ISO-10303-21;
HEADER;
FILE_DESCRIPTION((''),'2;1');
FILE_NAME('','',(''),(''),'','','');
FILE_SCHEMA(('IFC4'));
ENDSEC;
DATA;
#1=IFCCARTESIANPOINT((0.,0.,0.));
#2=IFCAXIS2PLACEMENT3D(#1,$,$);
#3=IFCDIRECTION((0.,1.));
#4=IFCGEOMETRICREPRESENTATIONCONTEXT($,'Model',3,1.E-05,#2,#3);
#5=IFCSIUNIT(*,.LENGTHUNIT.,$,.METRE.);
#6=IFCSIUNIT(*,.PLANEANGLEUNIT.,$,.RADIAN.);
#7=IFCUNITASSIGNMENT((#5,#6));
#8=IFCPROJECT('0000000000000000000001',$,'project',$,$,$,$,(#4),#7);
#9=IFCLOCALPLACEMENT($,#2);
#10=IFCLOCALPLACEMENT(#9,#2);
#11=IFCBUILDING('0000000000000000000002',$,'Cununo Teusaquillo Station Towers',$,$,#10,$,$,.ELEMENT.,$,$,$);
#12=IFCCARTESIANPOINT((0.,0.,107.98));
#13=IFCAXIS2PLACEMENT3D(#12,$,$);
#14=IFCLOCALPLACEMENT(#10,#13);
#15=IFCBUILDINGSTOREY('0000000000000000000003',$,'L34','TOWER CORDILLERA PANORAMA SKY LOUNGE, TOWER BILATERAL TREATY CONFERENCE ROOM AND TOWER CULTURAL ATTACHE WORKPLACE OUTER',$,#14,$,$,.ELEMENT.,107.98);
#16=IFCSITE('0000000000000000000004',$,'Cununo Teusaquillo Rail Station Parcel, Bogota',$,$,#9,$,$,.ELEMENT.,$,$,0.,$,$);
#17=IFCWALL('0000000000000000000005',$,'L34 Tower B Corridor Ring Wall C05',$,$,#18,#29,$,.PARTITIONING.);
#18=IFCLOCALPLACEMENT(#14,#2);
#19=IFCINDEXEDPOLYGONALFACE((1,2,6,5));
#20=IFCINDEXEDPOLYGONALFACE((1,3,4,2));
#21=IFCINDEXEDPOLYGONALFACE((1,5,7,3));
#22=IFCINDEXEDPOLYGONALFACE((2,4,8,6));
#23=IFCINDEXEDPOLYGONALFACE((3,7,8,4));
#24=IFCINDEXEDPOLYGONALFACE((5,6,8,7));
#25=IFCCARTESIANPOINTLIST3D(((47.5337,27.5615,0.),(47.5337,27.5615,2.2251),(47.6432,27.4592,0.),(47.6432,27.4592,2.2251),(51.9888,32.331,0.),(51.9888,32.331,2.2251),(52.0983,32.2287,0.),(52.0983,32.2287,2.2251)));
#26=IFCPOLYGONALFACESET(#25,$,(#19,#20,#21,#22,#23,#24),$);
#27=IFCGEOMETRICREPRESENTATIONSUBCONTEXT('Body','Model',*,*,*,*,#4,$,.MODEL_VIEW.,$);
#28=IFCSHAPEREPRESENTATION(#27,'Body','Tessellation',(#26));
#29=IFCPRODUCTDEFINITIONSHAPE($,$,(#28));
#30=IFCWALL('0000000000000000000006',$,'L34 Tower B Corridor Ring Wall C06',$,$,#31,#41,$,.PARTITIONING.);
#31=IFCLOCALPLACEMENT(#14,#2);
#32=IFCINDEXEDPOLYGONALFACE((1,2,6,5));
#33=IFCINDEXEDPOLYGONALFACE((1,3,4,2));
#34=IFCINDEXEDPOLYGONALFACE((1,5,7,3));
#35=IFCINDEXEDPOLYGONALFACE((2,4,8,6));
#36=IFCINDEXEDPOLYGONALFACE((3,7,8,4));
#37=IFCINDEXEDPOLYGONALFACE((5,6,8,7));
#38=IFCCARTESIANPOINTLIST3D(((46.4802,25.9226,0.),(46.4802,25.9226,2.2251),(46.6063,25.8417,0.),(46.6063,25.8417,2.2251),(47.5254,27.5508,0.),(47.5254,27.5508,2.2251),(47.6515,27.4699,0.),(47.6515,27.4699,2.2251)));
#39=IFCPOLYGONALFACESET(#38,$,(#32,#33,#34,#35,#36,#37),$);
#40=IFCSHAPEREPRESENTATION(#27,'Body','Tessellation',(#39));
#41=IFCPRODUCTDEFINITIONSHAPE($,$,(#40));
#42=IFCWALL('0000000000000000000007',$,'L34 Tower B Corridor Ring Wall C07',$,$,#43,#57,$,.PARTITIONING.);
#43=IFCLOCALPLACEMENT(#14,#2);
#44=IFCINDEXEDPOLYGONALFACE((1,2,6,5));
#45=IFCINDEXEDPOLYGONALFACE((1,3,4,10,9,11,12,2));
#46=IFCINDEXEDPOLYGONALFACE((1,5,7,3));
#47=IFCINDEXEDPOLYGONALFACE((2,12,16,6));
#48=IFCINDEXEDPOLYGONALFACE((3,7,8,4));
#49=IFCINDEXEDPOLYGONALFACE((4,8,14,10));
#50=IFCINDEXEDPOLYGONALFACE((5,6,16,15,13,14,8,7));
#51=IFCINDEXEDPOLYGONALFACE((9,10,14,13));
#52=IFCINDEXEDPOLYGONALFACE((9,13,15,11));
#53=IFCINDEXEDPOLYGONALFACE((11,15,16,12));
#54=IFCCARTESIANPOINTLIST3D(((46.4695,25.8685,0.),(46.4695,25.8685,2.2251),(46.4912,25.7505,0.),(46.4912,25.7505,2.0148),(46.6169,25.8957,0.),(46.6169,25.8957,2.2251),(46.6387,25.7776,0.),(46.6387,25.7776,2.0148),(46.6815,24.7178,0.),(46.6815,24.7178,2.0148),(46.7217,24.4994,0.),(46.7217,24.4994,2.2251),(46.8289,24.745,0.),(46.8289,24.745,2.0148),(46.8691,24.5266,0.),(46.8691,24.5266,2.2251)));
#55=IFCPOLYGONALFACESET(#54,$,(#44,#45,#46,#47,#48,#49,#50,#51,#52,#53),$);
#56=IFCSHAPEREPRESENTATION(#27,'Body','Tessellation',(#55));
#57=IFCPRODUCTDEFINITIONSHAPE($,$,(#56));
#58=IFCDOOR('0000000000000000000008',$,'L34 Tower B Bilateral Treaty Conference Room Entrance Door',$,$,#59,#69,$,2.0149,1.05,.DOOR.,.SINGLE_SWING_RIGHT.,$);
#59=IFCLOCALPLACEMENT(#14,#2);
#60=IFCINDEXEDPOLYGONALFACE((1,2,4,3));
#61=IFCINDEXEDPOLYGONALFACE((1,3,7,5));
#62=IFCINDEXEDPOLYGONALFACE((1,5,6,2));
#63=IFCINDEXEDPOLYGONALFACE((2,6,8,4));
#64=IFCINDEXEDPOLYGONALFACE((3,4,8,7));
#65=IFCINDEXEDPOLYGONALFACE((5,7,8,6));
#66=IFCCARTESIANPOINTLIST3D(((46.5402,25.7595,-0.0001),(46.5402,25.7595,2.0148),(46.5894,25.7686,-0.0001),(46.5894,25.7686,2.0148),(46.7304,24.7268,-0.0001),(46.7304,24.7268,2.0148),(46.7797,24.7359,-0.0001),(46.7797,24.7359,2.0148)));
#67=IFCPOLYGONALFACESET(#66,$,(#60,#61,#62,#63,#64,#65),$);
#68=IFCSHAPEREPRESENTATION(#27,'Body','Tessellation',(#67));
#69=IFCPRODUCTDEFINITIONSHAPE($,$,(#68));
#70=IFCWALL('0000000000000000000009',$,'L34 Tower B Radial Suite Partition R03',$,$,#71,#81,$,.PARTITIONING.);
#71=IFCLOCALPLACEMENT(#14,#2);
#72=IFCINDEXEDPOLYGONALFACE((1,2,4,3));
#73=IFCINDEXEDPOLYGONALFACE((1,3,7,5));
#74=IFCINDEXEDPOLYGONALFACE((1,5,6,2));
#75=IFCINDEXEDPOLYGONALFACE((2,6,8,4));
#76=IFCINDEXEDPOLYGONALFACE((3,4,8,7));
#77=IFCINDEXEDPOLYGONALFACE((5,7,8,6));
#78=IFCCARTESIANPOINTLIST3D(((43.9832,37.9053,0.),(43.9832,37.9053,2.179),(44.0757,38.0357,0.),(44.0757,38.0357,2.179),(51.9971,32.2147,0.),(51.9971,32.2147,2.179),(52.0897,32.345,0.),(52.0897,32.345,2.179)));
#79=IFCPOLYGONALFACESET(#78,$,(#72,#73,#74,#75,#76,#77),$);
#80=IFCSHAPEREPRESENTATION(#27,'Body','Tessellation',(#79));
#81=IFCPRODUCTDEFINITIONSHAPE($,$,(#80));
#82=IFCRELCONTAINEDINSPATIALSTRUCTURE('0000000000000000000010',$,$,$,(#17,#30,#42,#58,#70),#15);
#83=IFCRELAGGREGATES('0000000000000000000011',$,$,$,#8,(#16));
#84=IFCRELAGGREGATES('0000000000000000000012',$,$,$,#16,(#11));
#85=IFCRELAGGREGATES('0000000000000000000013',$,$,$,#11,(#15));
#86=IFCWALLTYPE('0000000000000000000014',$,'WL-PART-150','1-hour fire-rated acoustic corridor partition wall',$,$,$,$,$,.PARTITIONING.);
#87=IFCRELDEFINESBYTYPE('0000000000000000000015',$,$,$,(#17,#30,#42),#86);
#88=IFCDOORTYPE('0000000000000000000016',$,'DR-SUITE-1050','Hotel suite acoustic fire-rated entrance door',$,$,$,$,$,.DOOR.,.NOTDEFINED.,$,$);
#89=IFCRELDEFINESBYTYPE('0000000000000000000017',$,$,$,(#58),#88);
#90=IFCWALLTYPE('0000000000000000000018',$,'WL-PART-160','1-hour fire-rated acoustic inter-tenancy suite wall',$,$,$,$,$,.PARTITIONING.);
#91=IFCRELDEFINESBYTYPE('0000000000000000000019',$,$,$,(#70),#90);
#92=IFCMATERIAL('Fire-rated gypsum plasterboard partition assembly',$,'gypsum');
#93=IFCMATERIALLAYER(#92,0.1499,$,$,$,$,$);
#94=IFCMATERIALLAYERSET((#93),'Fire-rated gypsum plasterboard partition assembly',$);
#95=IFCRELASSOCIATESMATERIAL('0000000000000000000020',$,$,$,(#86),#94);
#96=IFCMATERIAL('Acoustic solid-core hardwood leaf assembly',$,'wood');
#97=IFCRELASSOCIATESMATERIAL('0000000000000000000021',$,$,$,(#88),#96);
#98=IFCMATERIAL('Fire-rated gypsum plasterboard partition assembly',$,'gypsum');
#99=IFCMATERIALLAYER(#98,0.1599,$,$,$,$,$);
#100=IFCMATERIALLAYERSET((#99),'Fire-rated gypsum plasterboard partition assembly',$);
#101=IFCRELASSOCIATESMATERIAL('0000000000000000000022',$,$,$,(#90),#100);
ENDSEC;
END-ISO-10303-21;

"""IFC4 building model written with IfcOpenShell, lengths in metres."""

from ifc_helpers import new_model, si_unit, direction, frame, frame_2d, origin, place, context, subcontext, project, spatial, rectangle, extrude, source, transform, mapped, material, layer, layer_set, type_object, element, fill, save


model = new_model("IFC4")

# Units and contexts
model_context = context("Model", 3, precision=1e-05, world=origin(), true_north=direction((0.0, 1.0)))
body_context = subcontext(model_context, "Body", "Model", "MODEL_VIEW")
ifc_project = project(units=[si_unit("LENGTHUNIT", "METRE"), si_unit("PLANEANGLEUNIT", "RADIAN")], contexts=[model_context])

# Site, building, storey
site_placement = place(None, origin())
site = spatial("IfcSite", under=ifc_project, at=site_placement, Name="Cununo Teusaquillo Rail Station Parcel, Bogota", CompositionType="ELEMENT", RefElevation=0.0)
building_placement = place(site_placement, origin())
building = spatial("IfcBuilding", under=site, at=building_placement, Name="Cununo Teusaquillo Station Towers", CompositionType="ELEMENT")
storey_placement = place(building_placement, frame((0.0, 0.0, 107.98)))
storey = spatial("IfcBuildingStorey", under=building, at=storey_placement, Name="L34", Description="TOWER CORDILLERA PANORAMA SKY LOUNGE, TOWER BILATERAL TREATY CONFERENCE ROOM AND TOWER CULTURAL ATTACHE WORKPLACE OUTER", CompositionType="ELEMENT", Elevation=107.98)

# Walls
ifc_material_1 = material(Name="Fire-rated gypsum plasterboard partition assembly", Category="gypsum")
ifc_layer_1 = layer(ifc_material_1, 0.1499)
ifc_layer_set_1 = layer_set([ifc_layer_1], Name="Fire-rated gypsum plasterboard partition assembly")
wall_type_1 = type_object("IfcWallType", Name="WL-PART-150", Description="1-hour fire-rated acoustic corridor partition wall", PredefinedType="PARTITIONING", material=ifc_layer_set_1)
wall_1_placement = place(storey_placement, frame((52.0435, 32.2798, 0.0), z_axis=(0.0, 0.0, 1.0), x_axis=(-0.682606, -0.730787, 0.0)))
element("IfcWall", 1, at=wall_1_placement, inside=storey, type_object=wall_type_1, Name="L34 Tower B Corridor Ring Wall C05", PredefinedType="PARTITIONING", context=body_context, shape_type="SweptSolid", body=[
    extrude(rectangle(XDim=6.5266, YDim=0.1499, at=frame_2d((3.2632, 0.0))), origin(), (0.0, 0.0, 1.0), 2.2251),
])
wall_2_placement = place(storey_placement, frame((47.5884, 27.5103, 0.0), z_axis=(0.0, 0.0, 1.0), x_axis=(-0.540203, -0.841535, 0.0)))
element("IfcWall", 2, at=wall_2_placement, inside=storey, type_object=wall_type_1, Name="L34 Tower B Corridor Ring Wall C06", PredefinedType="PARTITIONING", context=body_context, shape_type="SweptSolid", body=[
    extrude(rectangle(XDim=1.9348, YDim=0.1499, at=frame_2d((0.9673, 0.0))), origin(), (0.0, 0.0, 1.0), 2.2251),
])

# Wall, opening, door
wall_3_placement = place(storey_placement, frame((46.5432, 25.8821, 0.0), z_axis=(0.0, 0.0, 1.0), x_axis=(0.181154, -0.983455, 0.0)))
wall_3 = element("IfcWall", 3, at=wall_3_placement, inside=storey, type_object=wall_type_1, Name="L34 Tower B Corridor Ring Wall C07", PredefinedType="PARTITIONING", context=body_context, shape_type="SweptSolid", body=[
    extrude(rectangle(XDim=1.3921, YDim=0.1499, at=frame_2d((0.696, 0.0))), origin(), (0.0, 0.0, 1.0), 2.2251),
])
shared_shape_1 = source(origin(), body_context, "Body", "SweptSolid", [
    extrude(rectangle(XDim=1.05, YDim=2.0149, at=frame_2d((0.5249, 1.0073))), frame((0.0, 0.085, 0.0), z_axis=(0.0, -1.0, 0.0), x_axis=(1.0, 0.0, 0.0)), (0.0, 0.0, 1.0), 0.1699),
])
opening_1_placement = place(wall_3_placement, frame((0.1201, 0.0, 0.0)))
opening_1 = element("IfcOpeningElement", 4, at=opening_1_placement, cuts=wall_3, PredefinedType="OPENING", context=body_context, shape_type="MappedRepresentation", body=[
    mapped(shared_shape_1, transform((0.0, 0.0, 0.0), x_axis=(1.0, 0.0, 0.0), y_axis=(0.0, 1.0, 0.0), z_axis=(0.0, 0.0, 1.0), scale=1.0)),
])
ifc_material_2 = material(Name="Acoustic solid-core hardwood leaf assembly", Category="wood")
door_type = type_object("IfcDoorType", Name="DR-SUITE-1050", Description="Hotel suite acoustic fire-rated entrance door", OperationType="NOTDEFINED", PredefinedType="DOOR", material=ifc_material_2)
shared_shape_2 = source(origin(), body_context, "Body", "SweptSolid", [
    extrude(rectangle(XDim=1.05, YDim=2.0149, at=frame_2d((0.5249, 1.0073))), frame((0.0, 0.0249, 0.0), z_axis=(0.0, -1.0, 0.0), x_axis=(1.0, 0.0, 0.0)), (0.0, 0.0, 1.0), 0.05),
])
door_placement = place(opening_1_placement, origin())
door = element("IfcDoor", 5, at=door_placement, inside=storey, type_object=door_type, Name="L34 Tower B Bilateral Treaty Conference Room Entrance Door", OperationType="SINGLE_SWING_RIGHT", OverallHeight=2.0149, OverallWidth=1.05, PredefinedType="DOOR", context=body_context, shape_type="MappedRepresentation", body=[
    mapped(shared_shape_2, transform((0.0, 0.0, 0.0), x_axis=(1.0, 0.0, 0.0), y_axis=(0.0, 1.0, 0.0), z_axis=(0.0, 0.0, 1.0), scale=1.0)),
])
fill(opening_1, door)

# Wall
ifc_material_3 = material(Name="Fire-rated gypsum plasterboard partition assembly", Category="gypsum")
ifc_layer_2 = layer(ifc_material_3, 0.1599)
ifc_layer_set_2 = layer_set([ifc_layer_2], Name="Fire-rated gypsum plasterboard partition assembly")
wall_type_2 = type_object("IfcWallType", Name="WL-PART-160", Description="1-hour fire-rated acoustic inter-tenancy suite wall", PredefinedType="PARTITIONING", material=ifc_layer_set_2)
wall_4_placement = place(storey_placement, frame((52.0435, 32.2798, 0.0), z_axis=(0.0, 0.0, 1.0), x_axis=(-0.815345, 0.578976, 0.0)))
element("IfcWall", 6, at=wall_4_placement, inside=storey, type_object=wall_type_2, Name="L34 Tower B Radial Suite Partition R03", PredefinedType="PARTITIONING", context=body_context, shape_type="SweptSolid", body=[
    extrude(rectangle(XDim=9.8289, YDim=0.1599, at=frame_2d((4.9146, 0.0))), origin(), (0.0, 0.0, 1.0), 2.179),
])

save(model, "model.ifc")
